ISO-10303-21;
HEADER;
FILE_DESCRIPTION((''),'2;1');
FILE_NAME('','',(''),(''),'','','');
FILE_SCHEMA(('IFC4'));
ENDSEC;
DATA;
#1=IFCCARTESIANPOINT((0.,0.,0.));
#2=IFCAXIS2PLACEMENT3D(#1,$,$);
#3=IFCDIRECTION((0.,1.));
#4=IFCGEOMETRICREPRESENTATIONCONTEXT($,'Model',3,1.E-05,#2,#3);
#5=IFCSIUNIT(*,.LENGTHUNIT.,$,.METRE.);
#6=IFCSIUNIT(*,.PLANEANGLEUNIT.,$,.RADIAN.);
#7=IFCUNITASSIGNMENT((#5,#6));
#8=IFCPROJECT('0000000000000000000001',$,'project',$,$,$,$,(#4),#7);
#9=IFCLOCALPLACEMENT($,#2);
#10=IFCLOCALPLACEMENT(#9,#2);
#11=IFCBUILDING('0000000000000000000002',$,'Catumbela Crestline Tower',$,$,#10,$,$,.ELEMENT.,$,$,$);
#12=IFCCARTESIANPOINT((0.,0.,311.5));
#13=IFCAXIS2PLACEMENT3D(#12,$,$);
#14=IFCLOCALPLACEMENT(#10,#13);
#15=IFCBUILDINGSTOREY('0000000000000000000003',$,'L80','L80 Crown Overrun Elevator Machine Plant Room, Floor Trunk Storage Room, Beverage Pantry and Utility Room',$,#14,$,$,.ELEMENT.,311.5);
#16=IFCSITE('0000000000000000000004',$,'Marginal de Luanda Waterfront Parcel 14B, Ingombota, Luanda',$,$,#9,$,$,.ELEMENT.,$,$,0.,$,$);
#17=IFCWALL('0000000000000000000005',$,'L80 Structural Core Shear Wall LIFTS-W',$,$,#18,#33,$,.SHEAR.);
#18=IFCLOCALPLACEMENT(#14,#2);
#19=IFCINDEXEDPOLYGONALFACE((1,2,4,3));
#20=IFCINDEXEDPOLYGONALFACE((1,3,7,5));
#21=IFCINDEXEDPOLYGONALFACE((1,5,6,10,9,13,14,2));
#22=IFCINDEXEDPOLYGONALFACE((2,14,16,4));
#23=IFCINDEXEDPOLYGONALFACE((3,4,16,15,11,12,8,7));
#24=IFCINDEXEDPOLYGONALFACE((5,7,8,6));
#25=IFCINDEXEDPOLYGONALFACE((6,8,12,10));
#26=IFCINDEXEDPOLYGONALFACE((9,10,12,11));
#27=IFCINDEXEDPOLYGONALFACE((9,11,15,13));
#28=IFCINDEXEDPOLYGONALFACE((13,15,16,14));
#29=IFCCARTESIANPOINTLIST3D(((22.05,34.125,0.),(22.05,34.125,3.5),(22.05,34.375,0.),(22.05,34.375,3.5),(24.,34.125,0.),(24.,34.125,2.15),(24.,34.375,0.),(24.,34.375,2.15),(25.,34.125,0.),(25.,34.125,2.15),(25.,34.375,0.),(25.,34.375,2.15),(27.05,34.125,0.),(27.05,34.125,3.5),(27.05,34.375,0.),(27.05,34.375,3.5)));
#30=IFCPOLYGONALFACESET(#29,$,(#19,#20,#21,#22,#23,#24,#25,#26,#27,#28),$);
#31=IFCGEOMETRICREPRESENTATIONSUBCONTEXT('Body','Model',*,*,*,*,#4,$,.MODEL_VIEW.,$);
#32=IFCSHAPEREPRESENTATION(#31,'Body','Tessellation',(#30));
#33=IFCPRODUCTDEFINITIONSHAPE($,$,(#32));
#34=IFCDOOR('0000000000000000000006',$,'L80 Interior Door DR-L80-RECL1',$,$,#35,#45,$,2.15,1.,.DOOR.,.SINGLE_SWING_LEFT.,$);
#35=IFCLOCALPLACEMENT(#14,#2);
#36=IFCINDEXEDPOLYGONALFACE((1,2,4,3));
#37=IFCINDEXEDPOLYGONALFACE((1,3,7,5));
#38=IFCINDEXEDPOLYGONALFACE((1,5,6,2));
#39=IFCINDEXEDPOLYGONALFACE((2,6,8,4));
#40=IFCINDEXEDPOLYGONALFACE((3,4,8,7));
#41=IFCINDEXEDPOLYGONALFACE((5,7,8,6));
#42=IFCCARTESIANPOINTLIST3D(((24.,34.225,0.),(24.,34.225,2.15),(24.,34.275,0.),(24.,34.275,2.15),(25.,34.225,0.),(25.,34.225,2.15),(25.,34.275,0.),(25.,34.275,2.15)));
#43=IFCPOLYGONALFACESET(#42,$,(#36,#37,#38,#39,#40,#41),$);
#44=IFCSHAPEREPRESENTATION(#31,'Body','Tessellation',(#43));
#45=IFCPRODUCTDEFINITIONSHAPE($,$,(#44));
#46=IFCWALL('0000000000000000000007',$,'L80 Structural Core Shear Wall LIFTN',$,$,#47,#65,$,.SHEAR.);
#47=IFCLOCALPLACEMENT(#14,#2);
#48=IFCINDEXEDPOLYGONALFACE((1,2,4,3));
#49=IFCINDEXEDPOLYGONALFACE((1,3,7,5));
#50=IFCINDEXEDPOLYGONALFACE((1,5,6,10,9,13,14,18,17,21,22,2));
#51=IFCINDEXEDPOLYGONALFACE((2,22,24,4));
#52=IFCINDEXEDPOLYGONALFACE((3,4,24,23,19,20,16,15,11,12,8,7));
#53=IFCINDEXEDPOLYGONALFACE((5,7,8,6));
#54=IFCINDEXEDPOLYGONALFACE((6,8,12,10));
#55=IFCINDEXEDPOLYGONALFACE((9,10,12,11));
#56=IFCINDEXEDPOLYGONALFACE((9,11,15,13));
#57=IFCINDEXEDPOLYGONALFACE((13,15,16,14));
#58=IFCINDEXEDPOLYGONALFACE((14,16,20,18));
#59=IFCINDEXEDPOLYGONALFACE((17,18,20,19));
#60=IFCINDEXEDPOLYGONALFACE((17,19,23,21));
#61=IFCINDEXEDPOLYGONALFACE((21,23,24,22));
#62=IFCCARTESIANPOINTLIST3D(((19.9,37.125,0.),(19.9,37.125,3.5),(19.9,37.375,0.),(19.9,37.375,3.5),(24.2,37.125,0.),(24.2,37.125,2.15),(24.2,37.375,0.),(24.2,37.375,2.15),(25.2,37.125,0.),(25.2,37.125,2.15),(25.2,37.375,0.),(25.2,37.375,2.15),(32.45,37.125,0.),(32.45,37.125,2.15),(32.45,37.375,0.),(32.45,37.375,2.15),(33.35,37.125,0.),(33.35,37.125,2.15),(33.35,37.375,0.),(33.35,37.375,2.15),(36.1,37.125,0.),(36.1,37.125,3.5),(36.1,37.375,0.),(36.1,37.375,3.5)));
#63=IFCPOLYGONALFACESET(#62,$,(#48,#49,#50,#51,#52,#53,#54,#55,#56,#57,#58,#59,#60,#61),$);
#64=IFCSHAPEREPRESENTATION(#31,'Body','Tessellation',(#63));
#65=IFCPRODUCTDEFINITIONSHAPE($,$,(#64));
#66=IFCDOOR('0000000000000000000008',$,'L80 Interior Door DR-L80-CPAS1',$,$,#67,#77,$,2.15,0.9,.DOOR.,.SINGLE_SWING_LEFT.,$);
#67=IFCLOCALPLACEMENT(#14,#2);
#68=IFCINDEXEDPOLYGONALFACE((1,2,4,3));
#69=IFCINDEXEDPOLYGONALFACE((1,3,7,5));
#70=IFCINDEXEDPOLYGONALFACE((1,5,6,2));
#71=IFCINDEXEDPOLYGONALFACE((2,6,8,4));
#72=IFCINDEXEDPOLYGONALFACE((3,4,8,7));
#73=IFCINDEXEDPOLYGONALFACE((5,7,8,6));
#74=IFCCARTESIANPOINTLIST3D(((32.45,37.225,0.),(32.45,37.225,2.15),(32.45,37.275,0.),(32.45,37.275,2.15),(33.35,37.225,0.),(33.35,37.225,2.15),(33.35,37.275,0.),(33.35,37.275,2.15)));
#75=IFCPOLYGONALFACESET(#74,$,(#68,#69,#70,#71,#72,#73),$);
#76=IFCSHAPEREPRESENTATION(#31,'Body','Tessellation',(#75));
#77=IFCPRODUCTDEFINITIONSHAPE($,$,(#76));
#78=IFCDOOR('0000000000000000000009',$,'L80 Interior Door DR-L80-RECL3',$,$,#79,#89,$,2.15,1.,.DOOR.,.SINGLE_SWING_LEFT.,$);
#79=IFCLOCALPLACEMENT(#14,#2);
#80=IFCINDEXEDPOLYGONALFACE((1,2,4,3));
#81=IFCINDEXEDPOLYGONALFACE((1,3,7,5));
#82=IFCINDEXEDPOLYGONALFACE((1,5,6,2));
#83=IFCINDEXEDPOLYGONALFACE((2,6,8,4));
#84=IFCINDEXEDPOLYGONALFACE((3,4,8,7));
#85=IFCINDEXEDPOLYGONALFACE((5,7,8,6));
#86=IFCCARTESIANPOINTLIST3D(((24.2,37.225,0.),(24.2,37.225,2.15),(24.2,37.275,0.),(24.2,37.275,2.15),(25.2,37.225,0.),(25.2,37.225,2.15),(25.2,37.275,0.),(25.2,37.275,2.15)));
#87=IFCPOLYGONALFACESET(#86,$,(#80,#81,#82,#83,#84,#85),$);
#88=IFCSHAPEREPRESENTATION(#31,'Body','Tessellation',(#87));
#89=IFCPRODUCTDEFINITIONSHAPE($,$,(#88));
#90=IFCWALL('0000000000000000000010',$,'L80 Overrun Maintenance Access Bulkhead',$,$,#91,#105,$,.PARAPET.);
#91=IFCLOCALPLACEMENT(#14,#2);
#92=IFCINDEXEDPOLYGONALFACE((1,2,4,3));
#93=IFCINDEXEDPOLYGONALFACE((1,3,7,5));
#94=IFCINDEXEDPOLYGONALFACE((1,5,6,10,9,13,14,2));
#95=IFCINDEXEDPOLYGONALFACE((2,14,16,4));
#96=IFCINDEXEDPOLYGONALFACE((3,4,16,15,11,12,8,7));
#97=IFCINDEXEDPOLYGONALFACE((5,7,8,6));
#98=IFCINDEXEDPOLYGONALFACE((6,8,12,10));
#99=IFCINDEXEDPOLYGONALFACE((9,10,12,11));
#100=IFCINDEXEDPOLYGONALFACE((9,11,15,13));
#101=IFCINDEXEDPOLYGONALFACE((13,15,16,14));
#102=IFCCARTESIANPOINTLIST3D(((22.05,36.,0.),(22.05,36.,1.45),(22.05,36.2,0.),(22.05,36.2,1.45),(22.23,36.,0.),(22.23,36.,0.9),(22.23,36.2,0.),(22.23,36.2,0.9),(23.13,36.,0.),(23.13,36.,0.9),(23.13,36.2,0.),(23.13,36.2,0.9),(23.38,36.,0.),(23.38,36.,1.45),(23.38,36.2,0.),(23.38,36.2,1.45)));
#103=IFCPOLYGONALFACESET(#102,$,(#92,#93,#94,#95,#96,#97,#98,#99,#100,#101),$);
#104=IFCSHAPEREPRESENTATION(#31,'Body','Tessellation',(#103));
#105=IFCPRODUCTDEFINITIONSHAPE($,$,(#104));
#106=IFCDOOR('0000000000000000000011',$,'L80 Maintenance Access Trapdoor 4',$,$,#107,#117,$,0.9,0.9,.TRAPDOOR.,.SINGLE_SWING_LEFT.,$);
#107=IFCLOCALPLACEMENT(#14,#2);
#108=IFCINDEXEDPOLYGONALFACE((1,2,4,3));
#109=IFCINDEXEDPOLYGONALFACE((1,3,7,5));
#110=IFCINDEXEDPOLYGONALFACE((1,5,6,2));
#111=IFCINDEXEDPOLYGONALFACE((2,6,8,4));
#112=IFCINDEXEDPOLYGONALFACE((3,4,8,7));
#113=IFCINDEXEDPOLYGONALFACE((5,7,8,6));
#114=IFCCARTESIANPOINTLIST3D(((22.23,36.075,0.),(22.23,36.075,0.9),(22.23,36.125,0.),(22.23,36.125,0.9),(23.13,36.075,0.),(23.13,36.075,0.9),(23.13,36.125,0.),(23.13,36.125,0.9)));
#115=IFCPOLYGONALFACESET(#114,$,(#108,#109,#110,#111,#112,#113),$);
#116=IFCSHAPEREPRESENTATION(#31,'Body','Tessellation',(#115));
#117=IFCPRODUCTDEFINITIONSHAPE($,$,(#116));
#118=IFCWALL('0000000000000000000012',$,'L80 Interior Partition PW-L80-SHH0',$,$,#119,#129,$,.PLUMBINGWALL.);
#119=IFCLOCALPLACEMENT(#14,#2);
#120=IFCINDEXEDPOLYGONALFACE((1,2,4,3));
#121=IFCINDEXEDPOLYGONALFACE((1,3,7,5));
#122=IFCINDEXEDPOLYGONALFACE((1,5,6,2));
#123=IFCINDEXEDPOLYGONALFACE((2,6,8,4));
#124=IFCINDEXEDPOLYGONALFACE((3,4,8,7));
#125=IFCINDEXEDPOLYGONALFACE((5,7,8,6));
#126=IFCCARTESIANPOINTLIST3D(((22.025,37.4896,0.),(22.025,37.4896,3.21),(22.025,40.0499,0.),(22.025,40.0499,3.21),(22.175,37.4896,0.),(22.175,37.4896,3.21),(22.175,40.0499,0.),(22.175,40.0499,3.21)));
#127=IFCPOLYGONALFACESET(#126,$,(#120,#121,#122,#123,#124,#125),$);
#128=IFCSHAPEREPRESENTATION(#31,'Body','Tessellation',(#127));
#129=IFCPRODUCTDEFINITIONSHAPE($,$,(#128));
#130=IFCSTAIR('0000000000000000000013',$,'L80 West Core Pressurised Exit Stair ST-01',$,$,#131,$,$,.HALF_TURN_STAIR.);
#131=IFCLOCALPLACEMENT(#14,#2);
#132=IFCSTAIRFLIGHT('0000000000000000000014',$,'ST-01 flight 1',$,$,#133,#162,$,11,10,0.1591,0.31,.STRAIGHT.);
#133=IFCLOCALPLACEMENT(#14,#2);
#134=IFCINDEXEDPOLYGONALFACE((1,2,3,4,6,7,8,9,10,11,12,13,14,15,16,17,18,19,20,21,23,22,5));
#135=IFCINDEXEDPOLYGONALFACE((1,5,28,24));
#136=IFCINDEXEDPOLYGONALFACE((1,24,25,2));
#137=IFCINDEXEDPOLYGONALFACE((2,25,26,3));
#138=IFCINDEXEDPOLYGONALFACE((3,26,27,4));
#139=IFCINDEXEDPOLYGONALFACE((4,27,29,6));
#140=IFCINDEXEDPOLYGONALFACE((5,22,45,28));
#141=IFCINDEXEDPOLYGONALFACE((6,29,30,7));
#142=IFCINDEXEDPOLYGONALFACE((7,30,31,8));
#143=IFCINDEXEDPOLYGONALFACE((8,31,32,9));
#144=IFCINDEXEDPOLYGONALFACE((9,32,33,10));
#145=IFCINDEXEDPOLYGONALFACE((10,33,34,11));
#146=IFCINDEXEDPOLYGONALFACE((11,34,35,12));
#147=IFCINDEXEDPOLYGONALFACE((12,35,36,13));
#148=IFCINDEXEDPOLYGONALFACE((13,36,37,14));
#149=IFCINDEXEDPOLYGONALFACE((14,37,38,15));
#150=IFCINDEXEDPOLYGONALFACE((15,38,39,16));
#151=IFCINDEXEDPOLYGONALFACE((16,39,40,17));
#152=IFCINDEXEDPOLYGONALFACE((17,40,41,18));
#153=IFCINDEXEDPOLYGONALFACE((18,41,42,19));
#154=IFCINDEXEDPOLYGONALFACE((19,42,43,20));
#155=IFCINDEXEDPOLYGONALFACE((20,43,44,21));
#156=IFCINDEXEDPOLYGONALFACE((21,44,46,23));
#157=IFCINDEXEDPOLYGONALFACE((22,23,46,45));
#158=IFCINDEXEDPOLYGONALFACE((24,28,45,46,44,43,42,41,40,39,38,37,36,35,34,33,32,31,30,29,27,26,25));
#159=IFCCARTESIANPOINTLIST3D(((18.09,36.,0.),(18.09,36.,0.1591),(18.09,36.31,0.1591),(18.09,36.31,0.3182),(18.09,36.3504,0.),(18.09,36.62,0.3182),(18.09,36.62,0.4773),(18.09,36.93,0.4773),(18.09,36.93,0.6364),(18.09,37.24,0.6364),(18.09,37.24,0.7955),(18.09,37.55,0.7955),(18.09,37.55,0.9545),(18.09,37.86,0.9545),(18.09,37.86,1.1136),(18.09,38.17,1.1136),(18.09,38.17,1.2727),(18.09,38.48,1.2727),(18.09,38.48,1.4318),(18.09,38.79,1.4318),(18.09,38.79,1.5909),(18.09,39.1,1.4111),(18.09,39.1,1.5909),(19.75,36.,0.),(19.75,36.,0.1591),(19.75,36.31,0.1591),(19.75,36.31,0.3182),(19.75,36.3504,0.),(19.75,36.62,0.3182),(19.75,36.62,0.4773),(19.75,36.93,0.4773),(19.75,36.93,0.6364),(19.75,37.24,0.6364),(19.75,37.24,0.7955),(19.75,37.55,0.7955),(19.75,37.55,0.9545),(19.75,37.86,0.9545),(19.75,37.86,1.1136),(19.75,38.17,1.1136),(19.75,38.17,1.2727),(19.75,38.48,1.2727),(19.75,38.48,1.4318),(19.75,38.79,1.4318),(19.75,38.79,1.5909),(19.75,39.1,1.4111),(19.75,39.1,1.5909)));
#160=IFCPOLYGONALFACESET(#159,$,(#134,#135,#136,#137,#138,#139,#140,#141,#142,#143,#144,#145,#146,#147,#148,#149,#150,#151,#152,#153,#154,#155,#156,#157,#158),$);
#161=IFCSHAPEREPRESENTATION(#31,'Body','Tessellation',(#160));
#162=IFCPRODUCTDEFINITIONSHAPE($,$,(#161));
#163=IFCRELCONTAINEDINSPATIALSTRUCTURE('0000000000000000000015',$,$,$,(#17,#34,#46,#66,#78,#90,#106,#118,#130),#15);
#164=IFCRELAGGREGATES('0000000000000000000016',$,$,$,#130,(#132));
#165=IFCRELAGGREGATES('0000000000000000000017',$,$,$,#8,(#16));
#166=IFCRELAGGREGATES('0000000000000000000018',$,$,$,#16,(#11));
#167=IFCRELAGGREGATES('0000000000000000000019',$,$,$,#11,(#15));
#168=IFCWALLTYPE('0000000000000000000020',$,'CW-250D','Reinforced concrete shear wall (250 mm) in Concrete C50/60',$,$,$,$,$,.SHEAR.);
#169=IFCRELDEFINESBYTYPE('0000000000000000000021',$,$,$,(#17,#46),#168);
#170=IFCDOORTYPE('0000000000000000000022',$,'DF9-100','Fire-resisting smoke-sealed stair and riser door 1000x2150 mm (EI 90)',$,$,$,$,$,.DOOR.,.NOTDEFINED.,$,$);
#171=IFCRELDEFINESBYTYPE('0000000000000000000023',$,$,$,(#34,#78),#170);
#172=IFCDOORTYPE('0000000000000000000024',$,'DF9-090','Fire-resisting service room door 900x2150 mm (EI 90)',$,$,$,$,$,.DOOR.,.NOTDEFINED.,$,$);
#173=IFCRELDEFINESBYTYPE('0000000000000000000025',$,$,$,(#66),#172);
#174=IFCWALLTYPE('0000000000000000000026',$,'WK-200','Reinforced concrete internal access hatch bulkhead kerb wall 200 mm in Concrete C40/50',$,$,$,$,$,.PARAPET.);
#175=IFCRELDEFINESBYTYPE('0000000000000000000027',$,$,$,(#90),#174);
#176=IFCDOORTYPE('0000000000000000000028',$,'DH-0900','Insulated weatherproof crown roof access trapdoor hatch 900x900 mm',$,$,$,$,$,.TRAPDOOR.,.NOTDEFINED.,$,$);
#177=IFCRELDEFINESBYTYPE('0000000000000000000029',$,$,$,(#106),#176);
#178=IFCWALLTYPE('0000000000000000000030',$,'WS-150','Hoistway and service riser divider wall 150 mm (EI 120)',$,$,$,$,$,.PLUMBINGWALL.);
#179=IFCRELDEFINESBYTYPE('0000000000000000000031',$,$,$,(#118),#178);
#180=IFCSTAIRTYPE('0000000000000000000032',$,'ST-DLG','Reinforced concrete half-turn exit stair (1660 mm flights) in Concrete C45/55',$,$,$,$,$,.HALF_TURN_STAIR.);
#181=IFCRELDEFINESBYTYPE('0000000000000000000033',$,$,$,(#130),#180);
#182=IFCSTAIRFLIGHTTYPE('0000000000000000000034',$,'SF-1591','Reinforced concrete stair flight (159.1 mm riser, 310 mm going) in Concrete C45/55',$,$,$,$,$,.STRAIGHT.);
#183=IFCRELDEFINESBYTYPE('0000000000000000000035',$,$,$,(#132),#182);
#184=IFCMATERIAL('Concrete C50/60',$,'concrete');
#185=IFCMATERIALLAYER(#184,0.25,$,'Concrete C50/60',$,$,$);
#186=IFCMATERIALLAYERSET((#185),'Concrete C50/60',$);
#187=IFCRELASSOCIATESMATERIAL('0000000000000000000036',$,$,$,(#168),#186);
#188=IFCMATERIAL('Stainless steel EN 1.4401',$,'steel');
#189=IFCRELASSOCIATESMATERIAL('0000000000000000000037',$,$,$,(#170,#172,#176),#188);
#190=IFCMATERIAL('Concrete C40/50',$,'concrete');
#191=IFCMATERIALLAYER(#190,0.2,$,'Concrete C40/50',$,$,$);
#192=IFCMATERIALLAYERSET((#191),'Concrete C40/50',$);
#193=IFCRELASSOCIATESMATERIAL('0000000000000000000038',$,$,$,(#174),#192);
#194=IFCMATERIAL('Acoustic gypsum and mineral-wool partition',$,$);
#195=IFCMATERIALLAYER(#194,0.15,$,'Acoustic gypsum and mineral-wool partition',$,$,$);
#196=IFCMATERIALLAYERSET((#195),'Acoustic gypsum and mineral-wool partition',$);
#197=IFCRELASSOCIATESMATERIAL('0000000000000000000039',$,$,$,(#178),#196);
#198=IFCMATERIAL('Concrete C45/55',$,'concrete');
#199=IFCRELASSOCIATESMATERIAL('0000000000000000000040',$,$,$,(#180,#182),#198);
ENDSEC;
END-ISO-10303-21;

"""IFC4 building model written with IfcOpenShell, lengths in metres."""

from ifc_helpers import new_model, si_unit, direction, frame, frame_2d, origin, place, context, subcontext, project, spatial, polyline, rectangle, outline, extrude, material, layer, layer_set, type_object, element, fill, aggregate, save


model = new_model("IFC4")

# Units and contexts
model_context = context("Model", 3, precision=1e-05, world=origin(), true_north=direction((0.0, 1.0)))
body_context = subcontext(model_context, "Body", "Model", "MODEL_VIEW")
ifc_project = project(units=[si_unit("LENGTHUNIT", "METRE"), si_unit("PLANEANGLEUNIT", "RADIAN")], contexts=[model_context])

# Site, building, storey
site_placement = place(None, origin())
site = spatial("IfcSite", under=ifc_project, at=site_placement, Name="Marginal de Luanda Waterfront Parcel 14B, Ingombota, Luanda", CompositionType="ELEMENT", RefElevation=0.0)
building_placement = place(site_placement, origin())
building = spatial("IfcBuilding", under=site, at=building_placement, Name="Catumbela Crestline Tower", CompositionType="ELEMENT")
storey_placement = place(building_placement, frame((0.0, 0.0, 311.5)))
storey = spatial("IfcBuildingStorey", under=building, at=storey_placement, Name="L80", Description="L80 Crown Overrun Elevator Machine Plant Room, Floor Trunk Storage Room, Beverage Pantry and Utility Room", CompositionType="ELEMENT", Elevation=311.5)

# Shared definitions
ifc_material_1 = material(Name="Concrete C50/60", Category="concrete")
ifc_layer_1 = layer(ifc_material_1, 0.25, Name="Concrete C50/60")
ifc_layer_set_1 = layer_set([ifc_layer_1], Name="Concrete C50/60")
wall_type_1 = type_object("IfcWallType", Name="CW-250D", Description="Reinforced concrete shear wall (250 mm) in Concrete C50/60", PredefinedType="SHEAR", material=ifc_layer_set_1)
ifc_material_2 = material(Name="Stainless steel EN 1.4401", Category="steel")
door_type_1 = type_object("IfcDoorType", Name="DF9-100", Description="Fire-resisting smoke-sealed stair and riser door 1000x2150 mm (EI 90)", OperationType="NOTDEFINED", PredefinedType="DOOR", material=ifc_material_2)

# Wall, opening, door
wall_1_placement = place(storey_placement, frame((22.05, 34.25, 0.0), z_axis=(0.0, 0.0, 1.0), x_axis=(1.0, 0.0, 0.0)))
wall_1 = element("IfcWall", 1, at=wall_1_placement, inside=storey, type_object=wall_type_1, Name="L80 Structural Core Shear Wall LIFTS-W", PredefinedType="SHEAR", context=body_context, shape_type="SweptSolid", body=[
    extrude(rectangle(XDim=5.0, YDim=0.25, at=frame_2d((2.5, 0.0))), origin(), (0.0, 0.0, 1.0), 3.5),
])
opening_1_placement = place(wall_1_placement, frame((1.95, 0.0, 0.0)))
opening_1 = element("IfcOpeningElement", 2, at=opening_1_placement, cuts=wall_1, PredefinedType="OPENING", context=body_context, shape_type="SweptSolid", body=[
    extrude(rectangle(XDim=1.0, YDim=2.15, at=frame_2d((0.5, 1.075))), frame((0.0, 0.135, 0.0), z_axis=(0.0, -1.0, 0.0), x_axis=(1.0, 0.0, 0.0)), (0.0, 0.0, 1.0), 0.27),
])
door_1_placement = place(opening_1_placement, origin())
door_1 = element("IfcDoor", 3, at=door_1_placement, inside=storey, type_object=door_type_1, Name="L80 Interior Door DR-L80-RECL1", OperationType="SINGLE_SWING_LEFT", OverallHeight=2.15, OverallWidth=1.0, PredefinedType="DOOR", context=body_context, shape_type="SweptSolid", body=[
    extrude(rectangle(XDim=1.0, YDim=2.15, at=frame_2d((0.5, 1.075))), frame((0.0, 0.025, 0.0), z_axis=(0.0, -1.0, 0.0), x_axis=(1.0, 0.0, 0.0)), (0.0, 0.0, 1.0), 0.05),
])
fill(opening_1, door_1)

# Wall, openings, doors
wall_2_placement = place(storey_placement, frame((19.9, 37.25, 0.0), z_axis=(0.0, 0.0, 1.0), x_axis=(1.0, 0.0, 0.0)))
wall_2 = element("IfcWall", 4, at=wall_2_placement, inside=storey, type_object=wall_type_1, Name="L80 Structural Core Shear Wall LIFTN", PredefinedType="SHEAR", context=body_context, shape_type="SweptSolid", body=[
    extrude(rectangle(XDim=16.2, YDim=0.25, at=frame_2d((8.1, 0.0))), origin(), (0.0, 0.0, 1.0), 3.5),
])
opening_2_placement = place(wall_2_placement, frame((4.3, 0.0, 0.0)))
opening_2 = element("IfcOpeningElement", 5, at=opening_2_placement, cuts=wall_2, PredefinedType="OPENING", context=body_context, shape_type="SweptSolid", body=[
    extrude(rectangle(XDim=1.0, YDim=2.15, at=frame_2d((0.5, 1.075))), frame((0.0, 0.135, 0.0), z_axis=(0.0, -1.0, 0.0), x_axis=(1.0, 0.0, 0.0)), (0.0, 0.0, 1.0), 0.27),
])
opening_3_placement = place(wall_2_placement, frame((12.55, 0.0, 0.0)))
opening_3 = element("IfcOpeningElement", 6, at=opening_3_placement, cuts=wall_2, PredefinedType="OPENING", context=body_context, shape_type="SweptSolid", body=[
    extrude(rectangle(XDim=0.9, YDim=2.15, at=frame_2d((0.45, 1.075))), frame((0.0, 0.135, 0.0), z_axis=(0.0, -1.0, 0.0), x_axis=(1.0, 0.0, 0.0)), (0.0, 0.0, 1.0), 0.27),
])
door_type_2 = type_object("IfcDoorType", Name="DF9-090", Description="Fire-resisting service room door 900x2150 mm (EI 90)", OperationType="NOTDEFINED", PredefinedType="DOOR", material=ifc_material_2)
door_2_placement = place(opening_3_placement, origin())
door_2 = element("IfcDoor", 7, at=door_2_placement, inside=storey, type_object=door_type_2, Name="L80 Interior Door DR-L80-CPAS1", OperationType="SINGLE_SWING_LEFT", OverallHeight=2.15, OverallWidth=0.9, PredefinedType="DOOR", context=body_context, shape_type="SweptSolid", body=[
    extrude(rectangle(XDim=0.9, YDim=2.15, at=frame_2d((0.45, 1.075))), frame((0.0, 0.025, 0.0), z_axis=(0.0, -1.0, 0.0), x_axis=(1.0, 0.0, 0.0)), (0.0, 0.0, 1.0), 0.05),
])
fill(opening_3, door_2)
door_3_placement = place(opening_2_placement, origin())
door_3 = element("IfcDoor", 8, at=door_3_placement, inside=storey, type_object=door_type_1, Name="L80 Interior Door DR-L80-RECL3", OperationType="SINGLE_SWING_LEFT", OverallHeight=2.15, OverallWidth=1.0, PredefinedType="DOOR", context=body_context, shape_type="SweptSolid", body=[
    extrude(rectangle(XDim=1.0, YDim=2.15, at=frame_2d((0.5, 1.075))), frame((0.0, 0.025, 0.0), z_axis=(0.0, -1.0, 0.0), x_axis=(1.0, 0.0, 0.0)), (0.0, 0.0, 1.0), 0.05),
])
fill(opening_2, door_3)

# Wall, opening, door
ifc_material_3 = material(Name="Concrete C40/50", Category="concrete")
ifc_layer_2 = layer(ifc_material_3, 0.2, Name="Concrete C40/50")
ifc_layer_set_2 = layer_set([ifc_layer_2], Name="Concrete C40/50")
wall_type_2 = type_object("IfcWallType", Name="WK-200", Description="Reinforced concrete internal access hatch bulkhead kerb wall 200 mm in Concrete C40/50", PredefinedType="PARAPET", material=ifc_layer_set_2)
wall_3_placement = place(storey_placement, frame((22.05, 36.1, 0.0), z_axis=(0.0, 0.0, 1.0), x_axis=(1.0, 0.0, 0.0)))
wall_3 = element("IfcWall", 9, at=wall_3_placement, inside=storey, type_object=wall_type_2, Name="L80 Overrun Maintenance Access Bulkhead", PredefinedType="PARAPET", context=body_context, shape_type="SweptSolid", body=[
    extrude(rectangle(XDim=1.33, YDim=0.2, at=frame_2d((0.665, 0.0))), origin(), (0.0, 0.0, 1.0), 1.45),
])
opening_4_placement = place(wall_3_placement, frame((0.18, 0.0, 0.0)))
opening_4 = element("IfcOpeningElement", 10, at=opening_4_placement, cuts=wall_3, PredefinedType="OPENING", context=body_context, shape_type="SweptSolid", body=[
    extrude(rectangle(XDim=0.9, YDim=0.9, at=frame_2d((0.45, 0.45))), frame((0.0, 0.11, 0.0), z_axis=(0.0, -1.0, 0.0), x_axis=(1.0, 0.0, 0.0)), (0.0, 0.0, 1.0), 0.22),
])
door_type_3 = type_object("IfcDoorType", Name="DH-0900", Description="Insulated weatherproof crown roof access trapdoor hatch 900x900 mm", OperationType="NOTDEFINED", PredefinedType="TRAPDOOR", material=ifc_material_2)
door_4_placement = place(opening_4_placement, origin())
door_4 = element("IfcDoor", 11, at=door_4_placement, inside=storey, type_object=door_type_3, Name="L80 Maintenance Access Trapdoor 4", OperationType="SINGLE_SWING_LEFT", OverallHeight=0.9, OverallWidth=0.9, PredefinedType="TRAPDOOR", context=body_context, shape_type="SweptSolid", body=[
    extrude(rectangle(XDim=0.9, YDim=0.9, at=frame_2d((0.45, 0.45))), frame((0.0, 0.025, 0.0), z_axis=(0.0, -1.0, 0.0), x_axis=(1.0, 0.0, 0.0)), (0.0, 0.0, 1.0), 0.05),
])
fill(opening_4, door_4)

# Wall
ifc_material_4 = material(Name="Acoustic gypsum and mineral-wool partition")
ifc_layer_3 = layer(ifc_material_4, 0.15, Name="Acoustic gypsum and mineral-wool partition")
ifc_layer_set_3 = layer_set([ifc_layer_3], Name="Acoustic gypsum and mineral-wool partition")
wall_type_3 = type_object("IfcWallType", Name="WS-150", Description="Hoistway and service riser divider wall 150 mm (EI 120)", PredefinedType="PLUMBINGWALL", material=ifc_layer_set_3)
wall_4_placement = place(storey_placement, frame((22.1, 37.4897, 0.0), z_axis=(0.0, 0.0, 1.0), x_axis=(0.0, 1.0, 0.0)))
element("IfcWall", 12, at=wall_4_placement, inside=storey, type_object=wall_type_3, Name="L80 Interior Partition PW-L80-SHH0", PredefinedType="PLUMBINGWALL", context=body_context, shape_type="SweptSolid", body=[
    extrude(rectangle(XDim=2.5603, YDim=0.15, at=frame_2d((1.2801, 0.0))), origin(), (0.0, 0.0, 1.0), 3.21),
])

# Stair, stair flight
ifc_material_5 = material(Name="Concrete C45/55", Category="concrete")
stair_type = type_object("IfcStairType", Name="ST-DLG", Description="Reinforced concrete half-turn exit stair (1660 mm flights) in Concrete C45/55", PredefinedType="HALF_TURN_STAIR", material=ifc_material_5)
stair_placement = place(storey_placement, origin())
stair = element("IfcStair", 13, at=stair_placement, inside=storey, type_object=stair_type, Name="L80 West Core Pressurised Exit Stair ST-01", PredefinedType="HALF_TURN_STAIR")
stair_flight_type = type_object("IfcStairFlightType", Name="SF-1591", Description="Reinforced concrete stair flight (159.1 mm riser, 310 mm going) in Concrete C45/55", PredefinedType="STRAIGHT", material=ifc_material_5)
stair_flight_placement = place(storey_placement, frame((18.92, 36.0, 0.0), z_axis=(0.0, 0.0, 1.0), x_axis=(0.0, 1.0, 0.0)))
stair_flight = element("IfcStairFlight", 14, at=stair_flight_placement, type_object=stair_flight_type, Name="ST-01 flight 1", NumberOfRisers=11, NumberOfTreads=10, PredefinedType="STRAIGHT", RiserHeight=0.1591, TreadLength=0.31, context=body_context, shape_type="SweptSolid", body=[
    extrude(outline(polyline([(0.0, 0.0), (0.0, 0.1591), (0.31, 0.1591), (0.31, 0.3182), (0.62, 0.3182), (0.62, 0.4773), (0.93, 0.4773), (0.93, 0.6364), (1.24, 0.6364), (1.24, 0.7955), (1.55, 0.7955), (1.55, 0.9545), (1.86, 0.9545), (1.86, 1.1136), (2.17, 1.1136), (2.17, 1.2727), (2.48, 1.2727), (2.48, 1.4318), (2.79, 1.4318), (2.79, 1.5909), (3.1, 1.5909), (3.1, 1.75), (3.1, 1.4111), (0.3504, 0.0), (0.0, 0.0)])), frame((0.0, 0.83, 0.0), z_axis=(0.0, -1.0, 0.0), x_axis=(1.0, 0.0, 0.0)), (0.0, 0.0, 1.0), 1.66),
])
aggregate(stair, [stair_flight])

save(model, "model.ifc")
